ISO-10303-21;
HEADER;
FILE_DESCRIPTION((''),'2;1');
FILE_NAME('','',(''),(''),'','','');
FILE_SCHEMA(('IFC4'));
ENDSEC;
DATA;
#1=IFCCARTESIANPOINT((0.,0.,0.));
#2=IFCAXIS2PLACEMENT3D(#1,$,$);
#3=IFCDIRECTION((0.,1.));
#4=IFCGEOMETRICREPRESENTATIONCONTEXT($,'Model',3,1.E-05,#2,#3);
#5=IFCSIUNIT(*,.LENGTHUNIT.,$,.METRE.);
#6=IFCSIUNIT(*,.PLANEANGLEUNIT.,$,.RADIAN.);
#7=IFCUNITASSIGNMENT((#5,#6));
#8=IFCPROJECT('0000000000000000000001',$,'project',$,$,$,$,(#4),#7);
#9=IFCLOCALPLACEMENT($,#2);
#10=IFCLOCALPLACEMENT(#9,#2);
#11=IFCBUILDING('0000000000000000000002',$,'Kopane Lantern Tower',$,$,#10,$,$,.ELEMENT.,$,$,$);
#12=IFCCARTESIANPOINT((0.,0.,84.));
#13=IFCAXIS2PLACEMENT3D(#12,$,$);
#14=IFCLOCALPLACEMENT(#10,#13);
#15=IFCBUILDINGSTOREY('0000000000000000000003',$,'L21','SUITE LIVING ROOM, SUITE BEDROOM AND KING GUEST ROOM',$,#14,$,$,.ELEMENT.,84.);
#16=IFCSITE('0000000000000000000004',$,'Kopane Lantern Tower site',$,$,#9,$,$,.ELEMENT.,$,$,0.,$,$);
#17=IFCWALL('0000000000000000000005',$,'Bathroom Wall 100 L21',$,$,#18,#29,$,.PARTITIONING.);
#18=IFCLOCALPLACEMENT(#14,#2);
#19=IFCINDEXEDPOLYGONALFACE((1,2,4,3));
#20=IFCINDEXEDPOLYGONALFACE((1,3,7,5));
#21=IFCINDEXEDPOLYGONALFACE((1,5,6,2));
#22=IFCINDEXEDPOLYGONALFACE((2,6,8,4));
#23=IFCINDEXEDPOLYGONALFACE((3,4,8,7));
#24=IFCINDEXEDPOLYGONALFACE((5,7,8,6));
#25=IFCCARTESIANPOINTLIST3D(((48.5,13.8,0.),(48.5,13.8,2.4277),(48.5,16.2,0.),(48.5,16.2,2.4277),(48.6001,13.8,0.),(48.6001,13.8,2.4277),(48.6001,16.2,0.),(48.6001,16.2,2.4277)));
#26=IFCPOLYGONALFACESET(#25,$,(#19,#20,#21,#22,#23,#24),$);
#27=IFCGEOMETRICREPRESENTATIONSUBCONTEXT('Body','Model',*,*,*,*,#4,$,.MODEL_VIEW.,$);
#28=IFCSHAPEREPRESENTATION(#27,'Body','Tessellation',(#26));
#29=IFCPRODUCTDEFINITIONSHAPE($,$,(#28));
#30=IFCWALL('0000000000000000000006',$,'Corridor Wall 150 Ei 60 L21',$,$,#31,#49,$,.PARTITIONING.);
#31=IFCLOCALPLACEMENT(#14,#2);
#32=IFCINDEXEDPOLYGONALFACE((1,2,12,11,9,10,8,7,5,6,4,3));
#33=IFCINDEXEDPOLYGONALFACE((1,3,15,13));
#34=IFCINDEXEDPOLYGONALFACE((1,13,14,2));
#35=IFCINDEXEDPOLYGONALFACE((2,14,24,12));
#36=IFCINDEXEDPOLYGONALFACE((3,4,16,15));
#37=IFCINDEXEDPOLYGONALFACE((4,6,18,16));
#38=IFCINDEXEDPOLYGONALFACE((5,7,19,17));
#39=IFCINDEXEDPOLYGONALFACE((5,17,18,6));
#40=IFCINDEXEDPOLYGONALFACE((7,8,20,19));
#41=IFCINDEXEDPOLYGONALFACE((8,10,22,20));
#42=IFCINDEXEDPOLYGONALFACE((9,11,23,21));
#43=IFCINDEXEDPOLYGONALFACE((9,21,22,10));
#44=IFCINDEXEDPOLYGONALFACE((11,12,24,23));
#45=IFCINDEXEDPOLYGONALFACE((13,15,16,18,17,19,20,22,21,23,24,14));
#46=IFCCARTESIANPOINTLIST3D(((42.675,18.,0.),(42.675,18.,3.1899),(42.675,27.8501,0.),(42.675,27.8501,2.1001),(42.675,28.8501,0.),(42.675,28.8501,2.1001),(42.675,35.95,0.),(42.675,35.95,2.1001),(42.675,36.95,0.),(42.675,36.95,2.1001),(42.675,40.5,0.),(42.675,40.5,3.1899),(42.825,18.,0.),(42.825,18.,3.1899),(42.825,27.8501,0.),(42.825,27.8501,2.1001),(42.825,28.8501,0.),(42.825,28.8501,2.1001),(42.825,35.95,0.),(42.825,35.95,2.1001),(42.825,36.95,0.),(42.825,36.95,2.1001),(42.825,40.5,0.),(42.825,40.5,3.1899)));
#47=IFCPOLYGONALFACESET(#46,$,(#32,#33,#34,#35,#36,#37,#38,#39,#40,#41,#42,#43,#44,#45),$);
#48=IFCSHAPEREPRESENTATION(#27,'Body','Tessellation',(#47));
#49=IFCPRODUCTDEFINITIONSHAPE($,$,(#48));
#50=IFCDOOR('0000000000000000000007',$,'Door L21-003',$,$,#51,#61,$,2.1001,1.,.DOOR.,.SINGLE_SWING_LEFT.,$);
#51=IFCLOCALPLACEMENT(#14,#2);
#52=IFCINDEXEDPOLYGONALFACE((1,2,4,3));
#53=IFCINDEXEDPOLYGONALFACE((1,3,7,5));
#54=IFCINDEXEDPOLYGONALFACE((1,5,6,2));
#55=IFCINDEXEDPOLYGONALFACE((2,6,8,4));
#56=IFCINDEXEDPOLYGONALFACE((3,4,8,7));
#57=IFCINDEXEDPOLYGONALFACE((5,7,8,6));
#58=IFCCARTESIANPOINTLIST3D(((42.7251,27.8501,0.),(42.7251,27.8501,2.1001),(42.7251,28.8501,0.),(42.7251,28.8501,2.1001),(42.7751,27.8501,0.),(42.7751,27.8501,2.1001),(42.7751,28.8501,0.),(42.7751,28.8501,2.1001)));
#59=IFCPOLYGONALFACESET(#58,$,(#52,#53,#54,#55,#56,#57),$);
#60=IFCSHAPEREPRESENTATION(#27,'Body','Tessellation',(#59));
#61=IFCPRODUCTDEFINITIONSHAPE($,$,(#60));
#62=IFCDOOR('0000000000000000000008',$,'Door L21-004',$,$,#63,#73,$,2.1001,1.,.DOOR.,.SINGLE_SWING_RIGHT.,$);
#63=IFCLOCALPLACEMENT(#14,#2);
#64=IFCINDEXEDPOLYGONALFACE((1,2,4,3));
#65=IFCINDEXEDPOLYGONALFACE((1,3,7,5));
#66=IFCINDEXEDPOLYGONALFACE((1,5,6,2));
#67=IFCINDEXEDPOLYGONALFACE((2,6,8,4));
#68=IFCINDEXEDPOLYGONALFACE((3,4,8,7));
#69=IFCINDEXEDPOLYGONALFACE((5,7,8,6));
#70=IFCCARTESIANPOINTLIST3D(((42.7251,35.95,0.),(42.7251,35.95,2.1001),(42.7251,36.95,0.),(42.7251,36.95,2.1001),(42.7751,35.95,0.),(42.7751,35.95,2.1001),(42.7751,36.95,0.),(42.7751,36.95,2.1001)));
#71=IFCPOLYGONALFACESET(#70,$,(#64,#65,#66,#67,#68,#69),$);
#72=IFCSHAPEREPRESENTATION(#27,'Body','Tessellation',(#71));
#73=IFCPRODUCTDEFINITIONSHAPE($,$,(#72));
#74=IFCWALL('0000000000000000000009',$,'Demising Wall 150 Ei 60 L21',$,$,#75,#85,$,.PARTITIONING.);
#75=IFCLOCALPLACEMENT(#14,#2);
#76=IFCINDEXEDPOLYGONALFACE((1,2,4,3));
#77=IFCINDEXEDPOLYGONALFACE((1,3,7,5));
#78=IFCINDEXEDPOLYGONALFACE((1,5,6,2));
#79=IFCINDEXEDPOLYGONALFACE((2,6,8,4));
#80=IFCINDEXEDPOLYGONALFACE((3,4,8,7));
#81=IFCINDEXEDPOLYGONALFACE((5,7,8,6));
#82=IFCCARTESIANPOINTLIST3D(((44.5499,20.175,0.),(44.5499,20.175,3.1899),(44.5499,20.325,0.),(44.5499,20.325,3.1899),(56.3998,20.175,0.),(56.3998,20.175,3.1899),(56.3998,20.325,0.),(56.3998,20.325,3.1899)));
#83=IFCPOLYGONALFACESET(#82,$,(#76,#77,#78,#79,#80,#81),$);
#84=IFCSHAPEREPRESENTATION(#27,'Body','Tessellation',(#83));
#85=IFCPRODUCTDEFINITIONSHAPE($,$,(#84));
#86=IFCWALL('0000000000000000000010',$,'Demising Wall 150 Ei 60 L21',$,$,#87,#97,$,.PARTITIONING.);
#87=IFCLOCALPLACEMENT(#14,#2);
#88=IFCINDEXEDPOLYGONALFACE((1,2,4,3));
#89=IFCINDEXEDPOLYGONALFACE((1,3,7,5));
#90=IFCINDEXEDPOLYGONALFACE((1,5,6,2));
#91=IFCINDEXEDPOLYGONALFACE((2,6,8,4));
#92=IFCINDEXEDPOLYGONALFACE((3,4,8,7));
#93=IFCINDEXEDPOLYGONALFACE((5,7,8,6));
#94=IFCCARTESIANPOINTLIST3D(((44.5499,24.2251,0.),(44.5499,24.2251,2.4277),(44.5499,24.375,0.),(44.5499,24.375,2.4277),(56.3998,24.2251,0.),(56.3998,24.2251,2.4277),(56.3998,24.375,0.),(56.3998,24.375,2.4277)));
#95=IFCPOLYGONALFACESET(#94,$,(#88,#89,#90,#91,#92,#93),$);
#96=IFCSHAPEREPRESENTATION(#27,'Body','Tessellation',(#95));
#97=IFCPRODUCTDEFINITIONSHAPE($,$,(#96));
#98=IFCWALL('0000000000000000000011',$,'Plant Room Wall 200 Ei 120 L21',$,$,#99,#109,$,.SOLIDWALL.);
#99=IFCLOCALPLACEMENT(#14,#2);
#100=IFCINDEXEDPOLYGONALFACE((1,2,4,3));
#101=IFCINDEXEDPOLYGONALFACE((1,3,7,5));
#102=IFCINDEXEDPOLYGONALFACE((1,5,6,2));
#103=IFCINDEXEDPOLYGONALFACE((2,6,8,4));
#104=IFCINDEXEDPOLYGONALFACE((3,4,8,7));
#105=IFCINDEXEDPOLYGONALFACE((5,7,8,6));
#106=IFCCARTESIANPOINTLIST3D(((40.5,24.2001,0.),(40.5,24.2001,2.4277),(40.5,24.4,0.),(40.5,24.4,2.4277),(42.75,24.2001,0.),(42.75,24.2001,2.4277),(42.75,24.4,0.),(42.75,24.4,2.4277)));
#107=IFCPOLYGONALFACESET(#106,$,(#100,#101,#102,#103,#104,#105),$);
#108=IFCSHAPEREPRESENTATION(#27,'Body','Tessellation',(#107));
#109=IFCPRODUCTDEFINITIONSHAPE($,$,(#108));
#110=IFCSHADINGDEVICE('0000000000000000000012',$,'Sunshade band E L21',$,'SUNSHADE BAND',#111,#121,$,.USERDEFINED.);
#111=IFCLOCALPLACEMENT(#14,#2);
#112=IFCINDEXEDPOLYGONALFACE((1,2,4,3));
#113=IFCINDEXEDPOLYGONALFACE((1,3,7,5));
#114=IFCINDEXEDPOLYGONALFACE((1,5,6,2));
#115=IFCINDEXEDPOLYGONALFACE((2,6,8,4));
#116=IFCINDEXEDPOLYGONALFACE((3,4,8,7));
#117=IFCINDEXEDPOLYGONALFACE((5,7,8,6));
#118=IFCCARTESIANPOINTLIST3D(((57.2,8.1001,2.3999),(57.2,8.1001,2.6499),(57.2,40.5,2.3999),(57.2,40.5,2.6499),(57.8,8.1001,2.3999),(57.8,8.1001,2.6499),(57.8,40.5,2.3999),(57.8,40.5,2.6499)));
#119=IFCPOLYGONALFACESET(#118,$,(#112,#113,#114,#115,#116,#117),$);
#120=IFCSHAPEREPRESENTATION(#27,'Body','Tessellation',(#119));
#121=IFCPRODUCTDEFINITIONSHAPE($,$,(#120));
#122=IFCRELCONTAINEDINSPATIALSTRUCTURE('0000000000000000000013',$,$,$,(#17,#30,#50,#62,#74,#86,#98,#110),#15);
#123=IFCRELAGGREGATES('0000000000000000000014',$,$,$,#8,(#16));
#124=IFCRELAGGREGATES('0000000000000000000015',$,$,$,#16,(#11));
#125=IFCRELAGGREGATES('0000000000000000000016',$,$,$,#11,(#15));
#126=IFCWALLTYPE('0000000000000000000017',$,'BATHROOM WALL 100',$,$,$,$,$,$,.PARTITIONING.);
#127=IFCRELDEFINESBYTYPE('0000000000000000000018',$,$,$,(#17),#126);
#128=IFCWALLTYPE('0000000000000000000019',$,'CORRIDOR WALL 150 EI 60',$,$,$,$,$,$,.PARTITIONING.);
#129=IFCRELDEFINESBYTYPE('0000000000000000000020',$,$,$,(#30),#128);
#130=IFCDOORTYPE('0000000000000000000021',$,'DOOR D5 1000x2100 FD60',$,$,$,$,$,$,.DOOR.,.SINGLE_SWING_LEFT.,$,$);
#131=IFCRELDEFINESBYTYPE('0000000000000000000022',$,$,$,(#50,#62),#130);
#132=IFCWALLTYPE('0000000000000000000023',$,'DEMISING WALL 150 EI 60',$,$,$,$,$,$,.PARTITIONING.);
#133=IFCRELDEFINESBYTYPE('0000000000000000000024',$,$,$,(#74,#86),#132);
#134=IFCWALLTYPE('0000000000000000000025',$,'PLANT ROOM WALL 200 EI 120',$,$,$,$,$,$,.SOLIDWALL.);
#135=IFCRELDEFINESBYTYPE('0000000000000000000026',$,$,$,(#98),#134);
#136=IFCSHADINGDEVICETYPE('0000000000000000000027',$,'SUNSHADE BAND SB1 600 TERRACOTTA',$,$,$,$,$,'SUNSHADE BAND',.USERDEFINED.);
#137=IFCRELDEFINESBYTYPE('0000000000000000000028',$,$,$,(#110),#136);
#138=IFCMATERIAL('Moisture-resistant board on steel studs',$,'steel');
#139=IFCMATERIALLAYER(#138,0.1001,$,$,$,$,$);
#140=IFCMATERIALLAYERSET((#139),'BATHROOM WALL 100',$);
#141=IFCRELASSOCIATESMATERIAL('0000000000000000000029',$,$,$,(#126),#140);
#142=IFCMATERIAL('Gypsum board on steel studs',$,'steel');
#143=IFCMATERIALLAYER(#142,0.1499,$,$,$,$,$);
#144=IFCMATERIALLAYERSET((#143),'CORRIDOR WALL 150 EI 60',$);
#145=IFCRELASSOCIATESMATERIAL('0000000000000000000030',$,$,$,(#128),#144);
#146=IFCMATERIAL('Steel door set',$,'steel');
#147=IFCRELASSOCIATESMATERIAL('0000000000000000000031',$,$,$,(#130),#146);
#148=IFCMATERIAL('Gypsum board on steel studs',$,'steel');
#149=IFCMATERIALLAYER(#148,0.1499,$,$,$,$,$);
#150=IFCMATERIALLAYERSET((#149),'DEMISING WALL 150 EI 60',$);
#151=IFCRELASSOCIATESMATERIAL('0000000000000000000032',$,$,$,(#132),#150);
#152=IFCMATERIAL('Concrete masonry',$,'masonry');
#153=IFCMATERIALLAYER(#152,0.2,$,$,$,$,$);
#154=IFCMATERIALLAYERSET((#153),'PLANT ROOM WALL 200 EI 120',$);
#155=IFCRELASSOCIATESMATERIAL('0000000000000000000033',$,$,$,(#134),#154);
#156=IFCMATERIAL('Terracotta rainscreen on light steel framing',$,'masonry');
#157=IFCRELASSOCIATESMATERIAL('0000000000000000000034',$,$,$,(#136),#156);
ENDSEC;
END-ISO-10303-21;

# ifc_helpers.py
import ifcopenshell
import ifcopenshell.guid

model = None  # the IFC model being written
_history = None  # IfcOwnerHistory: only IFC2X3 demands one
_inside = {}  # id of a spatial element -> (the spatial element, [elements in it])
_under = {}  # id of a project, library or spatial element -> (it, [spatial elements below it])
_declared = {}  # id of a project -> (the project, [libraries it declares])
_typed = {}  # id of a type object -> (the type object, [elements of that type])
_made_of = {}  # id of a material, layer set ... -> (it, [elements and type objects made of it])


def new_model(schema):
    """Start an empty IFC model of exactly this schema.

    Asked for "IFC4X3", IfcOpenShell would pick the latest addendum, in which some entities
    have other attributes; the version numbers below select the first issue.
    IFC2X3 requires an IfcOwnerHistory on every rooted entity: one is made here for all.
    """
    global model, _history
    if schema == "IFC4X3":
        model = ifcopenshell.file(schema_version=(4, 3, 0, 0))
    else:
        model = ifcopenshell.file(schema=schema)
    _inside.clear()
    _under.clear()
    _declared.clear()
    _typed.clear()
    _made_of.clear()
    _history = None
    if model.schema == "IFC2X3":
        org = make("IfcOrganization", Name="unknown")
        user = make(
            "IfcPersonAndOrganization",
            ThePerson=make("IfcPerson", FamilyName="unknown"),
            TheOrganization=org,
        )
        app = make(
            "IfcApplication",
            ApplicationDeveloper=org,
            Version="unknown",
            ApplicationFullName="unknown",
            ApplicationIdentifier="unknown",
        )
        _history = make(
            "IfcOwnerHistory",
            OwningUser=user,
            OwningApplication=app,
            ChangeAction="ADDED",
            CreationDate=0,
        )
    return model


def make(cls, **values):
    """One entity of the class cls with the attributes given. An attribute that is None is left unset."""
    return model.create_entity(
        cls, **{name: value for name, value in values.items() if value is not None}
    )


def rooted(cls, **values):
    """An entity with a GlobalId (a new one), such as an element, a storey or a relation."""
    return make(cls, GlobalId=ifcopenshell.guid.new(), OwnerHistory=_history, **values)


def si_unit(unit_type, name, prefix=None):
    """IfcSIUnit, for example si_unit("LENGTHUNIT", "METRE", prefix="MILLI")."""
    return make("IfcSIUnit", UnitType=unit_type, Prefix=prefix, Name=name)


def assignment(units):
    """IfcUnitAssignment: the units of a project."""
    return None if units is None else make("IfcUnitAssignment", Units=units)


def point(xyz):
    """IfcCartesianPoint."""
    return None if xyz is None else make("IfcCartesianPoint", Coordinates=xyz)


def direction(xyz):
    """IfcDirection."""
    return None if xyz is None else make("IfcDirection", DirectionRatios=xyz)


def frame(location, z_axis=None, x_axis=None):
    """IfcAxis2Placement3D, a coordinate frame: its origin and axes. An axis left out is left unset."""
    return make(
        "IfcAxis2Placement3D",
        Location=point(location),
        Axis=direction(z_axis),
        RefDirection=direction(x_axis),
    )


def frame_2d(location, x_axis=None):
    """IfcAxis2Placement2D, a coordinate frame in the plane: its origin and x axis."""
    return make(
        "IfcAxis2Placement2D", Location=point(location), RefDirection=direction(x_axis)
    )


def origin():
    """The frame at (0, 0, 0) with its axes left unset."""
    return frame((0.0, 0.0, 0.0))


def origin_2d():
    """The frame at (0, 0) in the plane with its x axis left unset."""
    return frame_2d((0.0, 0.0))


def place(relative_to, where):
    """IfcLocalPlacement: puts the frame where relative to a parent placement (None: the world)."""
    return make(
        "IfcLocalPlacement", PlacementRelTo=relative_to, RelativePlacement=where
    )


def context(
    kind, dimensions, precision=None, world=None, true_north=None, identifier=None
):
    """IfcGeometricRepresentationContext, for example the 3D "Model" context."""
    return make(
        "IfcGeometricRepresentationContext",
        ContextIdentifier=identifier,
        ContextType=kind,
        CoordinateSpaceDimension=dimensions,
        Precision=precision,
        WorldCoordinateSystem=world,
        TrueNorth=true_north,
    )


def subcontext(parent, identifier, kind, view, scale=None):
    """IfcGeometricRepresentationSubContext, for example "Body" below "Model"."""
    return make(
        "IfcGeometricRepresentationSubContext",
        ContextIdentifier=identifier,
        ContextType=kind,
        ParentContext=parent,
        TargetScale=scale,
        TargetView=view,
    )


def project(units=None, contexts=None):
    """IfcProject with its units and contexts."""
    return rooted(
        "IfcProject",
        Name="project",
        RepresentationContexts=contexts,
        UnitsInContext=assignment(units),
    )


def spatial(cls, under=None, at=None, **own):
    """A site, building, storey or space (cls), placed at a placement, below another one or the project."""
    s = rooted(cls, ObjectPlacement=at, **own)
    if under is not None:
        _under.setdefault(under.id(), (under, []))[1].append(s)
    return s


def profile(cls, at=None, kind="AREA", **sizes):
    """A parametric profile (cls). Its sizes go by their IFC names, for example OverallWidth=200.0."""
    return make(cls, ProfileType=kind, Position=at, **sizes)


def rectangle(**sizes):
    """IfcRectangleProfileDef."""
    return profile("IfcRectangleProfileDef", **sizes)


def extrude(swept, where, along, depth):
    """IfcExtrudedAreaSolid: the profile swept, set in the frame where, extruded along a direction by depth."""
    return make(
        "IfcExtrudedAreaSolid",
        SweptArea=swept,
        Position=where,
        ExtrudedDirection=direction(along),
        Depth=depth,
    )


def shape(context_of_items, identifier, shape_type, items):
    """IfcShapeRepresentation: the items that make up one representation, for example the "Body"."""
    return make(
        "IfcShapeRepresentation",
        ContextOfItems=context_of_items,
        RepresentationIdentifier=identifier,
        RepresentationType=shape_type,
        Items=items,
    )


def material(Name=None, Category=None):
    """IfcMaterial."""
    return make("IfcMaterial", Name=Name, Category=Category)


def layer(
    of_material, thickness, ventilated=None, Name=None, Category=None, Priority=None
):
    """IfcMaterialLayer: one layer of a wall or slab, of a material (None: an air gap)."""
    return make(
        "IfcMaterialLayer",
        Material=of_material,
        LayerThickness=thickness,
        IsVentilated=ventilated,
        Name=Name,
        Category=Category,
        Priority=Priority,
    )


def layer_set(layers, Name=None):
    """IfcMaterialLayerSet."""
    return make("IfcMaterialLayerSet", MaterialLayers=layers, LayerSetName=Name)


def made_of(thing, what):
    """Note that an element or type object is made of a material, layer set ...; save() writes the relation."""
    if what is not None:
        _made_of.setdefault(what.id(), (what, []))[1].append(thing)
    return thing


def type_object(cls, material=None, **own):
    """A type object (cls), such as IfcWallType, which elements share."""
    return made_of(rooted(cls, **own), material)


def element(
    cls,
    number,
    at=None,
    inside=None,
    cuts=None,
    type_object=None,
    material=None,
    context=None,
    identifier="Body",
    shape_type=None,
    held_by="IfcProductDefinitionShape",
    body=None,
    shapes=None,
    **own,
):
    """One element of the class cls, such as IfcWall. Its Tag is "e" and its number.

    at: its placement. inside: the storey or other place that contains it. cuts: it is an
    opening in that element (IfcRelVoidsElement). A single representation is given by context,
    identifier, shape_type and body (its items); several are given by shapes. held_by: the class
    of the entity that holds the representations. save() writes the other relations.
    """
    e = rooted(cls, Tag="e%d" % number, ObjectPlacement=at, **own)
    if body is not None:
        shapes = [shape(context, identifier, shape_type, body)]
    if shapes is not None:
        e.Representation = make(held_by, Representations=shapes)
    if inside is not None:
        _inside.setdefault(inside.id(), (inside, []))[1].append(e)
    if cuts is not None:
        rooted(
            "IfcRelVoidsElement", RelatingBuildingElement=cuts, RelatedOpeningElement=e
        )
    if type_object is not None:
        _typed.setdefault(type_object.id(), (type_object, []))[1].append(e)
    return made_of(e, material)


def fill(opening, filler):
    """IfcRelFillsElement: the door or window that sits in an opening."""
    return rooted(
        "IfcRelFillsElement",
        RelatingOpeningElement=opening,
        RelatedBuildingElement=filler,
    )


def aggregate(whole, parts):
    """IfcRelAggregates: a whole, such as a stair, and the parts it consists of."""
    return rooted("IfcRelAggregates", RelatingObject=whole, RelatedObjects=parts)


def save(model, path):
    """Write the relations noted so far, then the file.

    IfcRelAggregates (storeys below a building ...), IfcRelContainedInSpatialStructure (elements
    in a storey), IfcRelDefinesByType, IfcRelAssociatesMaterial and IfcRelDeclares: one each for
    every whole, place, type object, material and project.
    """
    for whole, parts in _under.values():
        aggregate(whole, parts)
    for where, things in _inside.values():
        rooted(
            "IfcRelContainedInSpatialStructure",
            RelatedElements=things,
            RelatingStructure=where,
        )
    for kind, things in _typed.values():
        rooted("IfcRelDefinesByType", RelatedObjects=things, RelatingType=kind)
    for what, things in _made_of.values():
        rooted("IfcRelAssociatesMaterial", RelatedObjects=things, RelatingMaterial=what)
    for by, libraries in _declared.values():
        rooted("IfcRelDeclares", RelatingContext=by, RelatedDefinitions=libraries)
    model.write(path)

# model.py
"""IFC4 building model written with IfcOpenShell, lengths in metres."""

from ifc_helpers import new_model, si_unit, direction, frame, frame_2d, origin, origin_2d, place, context, subcontext, project, spatial, rectangle, extrude, material, layer, layer_set, type_object, element, fill, save


model = new_model("IFC4")

# Units and contexts
model_context = context("Model", 3, precision=1e-05, world=origin(), true_north=direction((0.0, 1.0)))
body_context = subcontext(model_context, "Body", "Model", "MODEL_VIEW")
ifc_project = project(units=[si_unit("LENGTHUNIT", "METRE"), si_unit("PLANEANGLEUNIT", "RADIAN")], contexts=[model_context])

# Site, building, storey
site_placement = place(None, origin())
site = spatial("IfcSite", under=ifc_project, at=site_placement, Name="Kopane Lantern Tower site", CompositionType="ELEMENT", RefElevation=0.0)
building_placement = place(site_placement, origin())
building = spatial("IfcBuilding", under=site, at=building_placement, Name="Kopane Lantern Tower", CompositionType="ELEMENT")
storey_placement = place(building_placement, frame((0.0, 0.0, 84.0)))
storey = spatial("IfcBuildingStorey", under=building, at=storey_placement, Name="L21", Description="SUITE LIVING ROOM, SUITE BEDROOM AND KING GUEST ROOM", CompositionType="ELEMENT", Elevation=84.0)

# Shared definitions
ifc_material_1 = material(Name="Moisture-resistant board on steel studs", Category="steel")
ifc_layer_1 = layer(ifc_material_1, 0.1001)
ifc_layer_set_1 = layer_set([ifc_layer_1], Name="BATHROOM WALL 100")
wall_type_1 = type_object("IfcWallType", Name="BATHROOM WALL 100", PredefinedType="PARTITIONING", material=ifc_layer_set_1)

# Wall
wall_1_placement = place(storey_placement, frame((48.55, 16.2, 0.0), z_axis=(0.0, 0.0, 1.0), x_axis=(0.0, -1.0, 0.0)))
element("IfcWall", 1, at=wall_1_placement, inside=storey, type_object=wall_type_1, Name="Bathroom Wall 100 L21", PredefinedType="PARTITIONING", context=body_context, shape_type="SweptSolid", body=[
    extrude(rectangle(XDim=2.3999, YDim=0.1001, at=frame_2d((1.2, 0.0))), origin(), (0.0, 0.0, 1.0), 2.4277),
])

# Wall, openings, doors
ifc_material_2 = material(Name="Gypsum board on steel studs", Category="steel")
ifc_layer_2 = layer(ifc_material_2, 0.1499)
ifc_layer_set_2 = layer_set([ifc_layer_2], Name="CORRIDOR WALL 150 EI 60")
wall_type_2 = type_object("IfcWallType", Name="CORRIDOR WALL 150 EI 60", PredefinedType="PARTITIONING", material=ifc_layer_set_2)
wall_2_placement = place(storey_placement, frame((42.75, 18.0, 0.0), z_axis=(0.0, 0.0, 1.0), x_axis=(0.0, 1.0, 0.0)))
wall_2 = element("IfcWall", 2, at=wall_2_placement, inside=storey, type_object=wall_type_2, Name="Corridor Wall 150 Ei 60 L21", PredefinedType="PARTITIONING", context=body_context, shape_type="SweptSolid", body=[
    extrude(rectangle(XDim=22.5, YDim=0.1499, at=frame_2d((11.25, 0.0))), origin(), (0.0, 0.0, 1.0), 3.1899),
])
opening_1_placement = place(wall_2_placement, frame((9.8501, 0.0, 0.0)))
opening_1 = element("IfcOpeningElement", 3, at=opening_1_placement, cuts=wall_2, PredefinedType="OPENING", context=body_context, shape_type="SweptSolid", body=[
    extrude(rectangle(XDim=1.0, YDim=2.1001, at=frame_2d((0.5, 1.05))), frame((0.0, 0.085, 0.0), z_axis=(0.0, -1.0, 0.0), x_axis=(1.0, 0.0, 0.0)), (0.0, 0.0, 1.0), 0.1699),
])
opening_2_placement = place(wall_2_placement, frame((17.95, 0.0, 0.0)))
opening_2 = element("IfcOpeningElement", 4, at=opening_2_placement, cuts=wall_2, PredefinedType="OPENING", context=body_context, shape_type="SweptSolid", body=[
    extrude(rectangle(XDim=1.0, YDim=2.1001, at=frame_2d((0.5, 1.05))), frame((0.0, 0.085, 0.0), z_axis=(0.0, -1.0, 0.0), x_axis=(1.0, 0.0, 0.0)), (0.0, 0.0, 1.0), 0.1699),
])
ifc_material_3 = material(Name="Steel door set", Category="steel")
door_type_1 = type_object("IfcDoorType", Name="DOOR D5 1000x2100 FD60", OperationType="SINGLE_SWING_LEFT", PredefinedType="DOOR", material=ifc_material_3)
door_1_placement = place(opening_1_placement, origin())
door_1 = element("IfcDoor", 5, at=door_1_placement, inside=storey, type_object=door_type_1, Name="Door L21-003", OperationType="SINGLE_SWING_LEFT", OverallHeight=2.1001, OverallWidth=1.0, PredefinedType="DOOR", context=body_context, shape_type="SweptSolid", body=[
    extrude(rectangle(XDim=1.0, YDim=2.1001, at=frame_2d((0.5, 1.05))), frame((0.0, 0.0249, 0.0), z_axis=(0.0, -1.0, 0.0), x_axis=(1.0, 0.0, 0.0)), (0.0, 0.0, 1.0), 0.05),
])
fill(opening_1, door_1)
door_2_placement = place(opening_2_placement, origin())
door_2 = element("IfcDoor", 6, at=door_2_placement, inside=storey, type_object=door_type_1, Name="Door L21-004", OperationType="SINGLE_SWING_RIGHT", OverallHeight=2.1001, OverallWidth=1.0, PredefinedType="DOOR", context=body_context, shape_type="SweptSolid", body=[
    extrude(rectangle(XDim=1.0, YDim=2.1001, at=frame_2d((0.5, 1.05))), frame((0.0, 0.0249, 0.0), z_axis=(0.0, -1.0, 0.0), x_axis=(1.0, 0.0, 0.0)), (0.0, 0.0, 1.0), 0.05),
])
fill(opening_2, door_2)

# Walls
ifc_material_4 = material(Name="Gypsum board on steel studs", Category="steel")
ifc_layer_3 = layer(ifc_material_4, 0.1499)
ifc_layer_set_3 = layer_set([ifc_layer_3], Name="DEMISING WALL 150 EI 60")
wall_type_3 = type_object("IfcWallType", Name="DEMISING WALL 150 EI 60", PredefinedType="PARTITIONING", material=ifc_layer_set_3)
wall_3_placement = place(storey_placement, frame((44.55, 20.25, 0.0), z_axis=(0.0, 0.0, 1.0), x_axis=(1.0, 0.0, 0.0)))
element("IfcWall", 7, at=wall_3_placement, inside=storey, type_object=wall_type_3, Name="Demising Wall 150 Ei 60 L21", PredefinedType="PARTITIONING", context=body_context, shape_type="SweptSolid", body=[
    extrude(rectangle(XDim=11.8499, YDim=0.1499, at=frame_2d((5.9248, 0.0))), origin(), (0.0, 0.0, 1.0), 3.1899),
])
wall_4_placement = place(storey_placement, frame((44.55, 24.3, 0.0), z_axis=(0.0, 0.0, 1.0), x_axis=(1.0, 0.0, 0.0)))
element("IfcWall", 8, at=wall_4_placement, inside=storey, type_object=wall_type_3, Name="Demising Wall 150 Ei 60 L21", PredefinedType="PARTITIONING", context=body_context, shape_type="SweptSolid", body=[
    extrude(rectangle(XDim=11.8499, YDim=0.1499, at=frame_2d((5.9248, 0.0))), origin(), (0.0, 0.0, 1.0), 2.4277),
])
ifc_material_5 = material(Name="Concrete masonry", Category="masonry")
ifc_layer_4 = layer(ifc_material_5, 0.2)
ifc_layer_set_4 = layer_set([ifc_layer_4], Name="PLANT ROOM WALL 200 EI 120")
wall_type_4 = type_object("IfcWallType", Name="PLANT ROOM WALL 200 EI 120", PredefinedType="SOLIDWALL", material=ifc_layer_set_4)
wall_5_placement = place(storey_placement, frame((40.5, 24.3, 0.0), z_axis=(0.0, 0.0, 1.0), x_axis=(1.0, 0.0, 0.0)))
element("IfcWall", 9, at=wall_5_placement, inside=storey, type_object=wall_type_4, Name="Plant Room Wall 200 Ei 120 L21", PredefinedType="SOLIDWALL", context=body_context, shape_type="SweptSolid", body=[
    extrude(rectangle(XDim=2.25, YDim=0.2, at=frame_2d((1.125, 0.0))), origin(), (0.0, 0.0, 1.0), 2.4277),
])

# Shading device
ifc_material_6 = material(Name="Terracotta rainscreen on light steel framing", Category="masonry")
shading_device_type = type_object("IfcShadingDeviceType", Name="SUNSHADE BAND SB1 600 TERRACOTTA", ElementType="SUNSHADE BAND", PredefinedType="USERDEFINED", material=ifc_material_6)
shading_device_placement = place(storey_placement, frame((57.5, 24.3, 2.3999), z_axis=(0.0, 0.0, 1.0), x_axis=(0.0, 1.0, 0.0)))
element("IfcShadingDevice", 10, at=shading_device_placement, inside=storey, type_object=shading_device_type, Name="Sunshade band E L21", ObjectType="SUNSHADE BAND", PredefinedType="USERDEFINED", context=body_context, shape_type="SweptSolid", body=[
    extrude(rectangle(XDim=32.3999, YDim=0.6001, at=origin_2d()), origin(), (0.0, 0.0, 1.0), 0.25),
])

save(model, "model.ifc")
